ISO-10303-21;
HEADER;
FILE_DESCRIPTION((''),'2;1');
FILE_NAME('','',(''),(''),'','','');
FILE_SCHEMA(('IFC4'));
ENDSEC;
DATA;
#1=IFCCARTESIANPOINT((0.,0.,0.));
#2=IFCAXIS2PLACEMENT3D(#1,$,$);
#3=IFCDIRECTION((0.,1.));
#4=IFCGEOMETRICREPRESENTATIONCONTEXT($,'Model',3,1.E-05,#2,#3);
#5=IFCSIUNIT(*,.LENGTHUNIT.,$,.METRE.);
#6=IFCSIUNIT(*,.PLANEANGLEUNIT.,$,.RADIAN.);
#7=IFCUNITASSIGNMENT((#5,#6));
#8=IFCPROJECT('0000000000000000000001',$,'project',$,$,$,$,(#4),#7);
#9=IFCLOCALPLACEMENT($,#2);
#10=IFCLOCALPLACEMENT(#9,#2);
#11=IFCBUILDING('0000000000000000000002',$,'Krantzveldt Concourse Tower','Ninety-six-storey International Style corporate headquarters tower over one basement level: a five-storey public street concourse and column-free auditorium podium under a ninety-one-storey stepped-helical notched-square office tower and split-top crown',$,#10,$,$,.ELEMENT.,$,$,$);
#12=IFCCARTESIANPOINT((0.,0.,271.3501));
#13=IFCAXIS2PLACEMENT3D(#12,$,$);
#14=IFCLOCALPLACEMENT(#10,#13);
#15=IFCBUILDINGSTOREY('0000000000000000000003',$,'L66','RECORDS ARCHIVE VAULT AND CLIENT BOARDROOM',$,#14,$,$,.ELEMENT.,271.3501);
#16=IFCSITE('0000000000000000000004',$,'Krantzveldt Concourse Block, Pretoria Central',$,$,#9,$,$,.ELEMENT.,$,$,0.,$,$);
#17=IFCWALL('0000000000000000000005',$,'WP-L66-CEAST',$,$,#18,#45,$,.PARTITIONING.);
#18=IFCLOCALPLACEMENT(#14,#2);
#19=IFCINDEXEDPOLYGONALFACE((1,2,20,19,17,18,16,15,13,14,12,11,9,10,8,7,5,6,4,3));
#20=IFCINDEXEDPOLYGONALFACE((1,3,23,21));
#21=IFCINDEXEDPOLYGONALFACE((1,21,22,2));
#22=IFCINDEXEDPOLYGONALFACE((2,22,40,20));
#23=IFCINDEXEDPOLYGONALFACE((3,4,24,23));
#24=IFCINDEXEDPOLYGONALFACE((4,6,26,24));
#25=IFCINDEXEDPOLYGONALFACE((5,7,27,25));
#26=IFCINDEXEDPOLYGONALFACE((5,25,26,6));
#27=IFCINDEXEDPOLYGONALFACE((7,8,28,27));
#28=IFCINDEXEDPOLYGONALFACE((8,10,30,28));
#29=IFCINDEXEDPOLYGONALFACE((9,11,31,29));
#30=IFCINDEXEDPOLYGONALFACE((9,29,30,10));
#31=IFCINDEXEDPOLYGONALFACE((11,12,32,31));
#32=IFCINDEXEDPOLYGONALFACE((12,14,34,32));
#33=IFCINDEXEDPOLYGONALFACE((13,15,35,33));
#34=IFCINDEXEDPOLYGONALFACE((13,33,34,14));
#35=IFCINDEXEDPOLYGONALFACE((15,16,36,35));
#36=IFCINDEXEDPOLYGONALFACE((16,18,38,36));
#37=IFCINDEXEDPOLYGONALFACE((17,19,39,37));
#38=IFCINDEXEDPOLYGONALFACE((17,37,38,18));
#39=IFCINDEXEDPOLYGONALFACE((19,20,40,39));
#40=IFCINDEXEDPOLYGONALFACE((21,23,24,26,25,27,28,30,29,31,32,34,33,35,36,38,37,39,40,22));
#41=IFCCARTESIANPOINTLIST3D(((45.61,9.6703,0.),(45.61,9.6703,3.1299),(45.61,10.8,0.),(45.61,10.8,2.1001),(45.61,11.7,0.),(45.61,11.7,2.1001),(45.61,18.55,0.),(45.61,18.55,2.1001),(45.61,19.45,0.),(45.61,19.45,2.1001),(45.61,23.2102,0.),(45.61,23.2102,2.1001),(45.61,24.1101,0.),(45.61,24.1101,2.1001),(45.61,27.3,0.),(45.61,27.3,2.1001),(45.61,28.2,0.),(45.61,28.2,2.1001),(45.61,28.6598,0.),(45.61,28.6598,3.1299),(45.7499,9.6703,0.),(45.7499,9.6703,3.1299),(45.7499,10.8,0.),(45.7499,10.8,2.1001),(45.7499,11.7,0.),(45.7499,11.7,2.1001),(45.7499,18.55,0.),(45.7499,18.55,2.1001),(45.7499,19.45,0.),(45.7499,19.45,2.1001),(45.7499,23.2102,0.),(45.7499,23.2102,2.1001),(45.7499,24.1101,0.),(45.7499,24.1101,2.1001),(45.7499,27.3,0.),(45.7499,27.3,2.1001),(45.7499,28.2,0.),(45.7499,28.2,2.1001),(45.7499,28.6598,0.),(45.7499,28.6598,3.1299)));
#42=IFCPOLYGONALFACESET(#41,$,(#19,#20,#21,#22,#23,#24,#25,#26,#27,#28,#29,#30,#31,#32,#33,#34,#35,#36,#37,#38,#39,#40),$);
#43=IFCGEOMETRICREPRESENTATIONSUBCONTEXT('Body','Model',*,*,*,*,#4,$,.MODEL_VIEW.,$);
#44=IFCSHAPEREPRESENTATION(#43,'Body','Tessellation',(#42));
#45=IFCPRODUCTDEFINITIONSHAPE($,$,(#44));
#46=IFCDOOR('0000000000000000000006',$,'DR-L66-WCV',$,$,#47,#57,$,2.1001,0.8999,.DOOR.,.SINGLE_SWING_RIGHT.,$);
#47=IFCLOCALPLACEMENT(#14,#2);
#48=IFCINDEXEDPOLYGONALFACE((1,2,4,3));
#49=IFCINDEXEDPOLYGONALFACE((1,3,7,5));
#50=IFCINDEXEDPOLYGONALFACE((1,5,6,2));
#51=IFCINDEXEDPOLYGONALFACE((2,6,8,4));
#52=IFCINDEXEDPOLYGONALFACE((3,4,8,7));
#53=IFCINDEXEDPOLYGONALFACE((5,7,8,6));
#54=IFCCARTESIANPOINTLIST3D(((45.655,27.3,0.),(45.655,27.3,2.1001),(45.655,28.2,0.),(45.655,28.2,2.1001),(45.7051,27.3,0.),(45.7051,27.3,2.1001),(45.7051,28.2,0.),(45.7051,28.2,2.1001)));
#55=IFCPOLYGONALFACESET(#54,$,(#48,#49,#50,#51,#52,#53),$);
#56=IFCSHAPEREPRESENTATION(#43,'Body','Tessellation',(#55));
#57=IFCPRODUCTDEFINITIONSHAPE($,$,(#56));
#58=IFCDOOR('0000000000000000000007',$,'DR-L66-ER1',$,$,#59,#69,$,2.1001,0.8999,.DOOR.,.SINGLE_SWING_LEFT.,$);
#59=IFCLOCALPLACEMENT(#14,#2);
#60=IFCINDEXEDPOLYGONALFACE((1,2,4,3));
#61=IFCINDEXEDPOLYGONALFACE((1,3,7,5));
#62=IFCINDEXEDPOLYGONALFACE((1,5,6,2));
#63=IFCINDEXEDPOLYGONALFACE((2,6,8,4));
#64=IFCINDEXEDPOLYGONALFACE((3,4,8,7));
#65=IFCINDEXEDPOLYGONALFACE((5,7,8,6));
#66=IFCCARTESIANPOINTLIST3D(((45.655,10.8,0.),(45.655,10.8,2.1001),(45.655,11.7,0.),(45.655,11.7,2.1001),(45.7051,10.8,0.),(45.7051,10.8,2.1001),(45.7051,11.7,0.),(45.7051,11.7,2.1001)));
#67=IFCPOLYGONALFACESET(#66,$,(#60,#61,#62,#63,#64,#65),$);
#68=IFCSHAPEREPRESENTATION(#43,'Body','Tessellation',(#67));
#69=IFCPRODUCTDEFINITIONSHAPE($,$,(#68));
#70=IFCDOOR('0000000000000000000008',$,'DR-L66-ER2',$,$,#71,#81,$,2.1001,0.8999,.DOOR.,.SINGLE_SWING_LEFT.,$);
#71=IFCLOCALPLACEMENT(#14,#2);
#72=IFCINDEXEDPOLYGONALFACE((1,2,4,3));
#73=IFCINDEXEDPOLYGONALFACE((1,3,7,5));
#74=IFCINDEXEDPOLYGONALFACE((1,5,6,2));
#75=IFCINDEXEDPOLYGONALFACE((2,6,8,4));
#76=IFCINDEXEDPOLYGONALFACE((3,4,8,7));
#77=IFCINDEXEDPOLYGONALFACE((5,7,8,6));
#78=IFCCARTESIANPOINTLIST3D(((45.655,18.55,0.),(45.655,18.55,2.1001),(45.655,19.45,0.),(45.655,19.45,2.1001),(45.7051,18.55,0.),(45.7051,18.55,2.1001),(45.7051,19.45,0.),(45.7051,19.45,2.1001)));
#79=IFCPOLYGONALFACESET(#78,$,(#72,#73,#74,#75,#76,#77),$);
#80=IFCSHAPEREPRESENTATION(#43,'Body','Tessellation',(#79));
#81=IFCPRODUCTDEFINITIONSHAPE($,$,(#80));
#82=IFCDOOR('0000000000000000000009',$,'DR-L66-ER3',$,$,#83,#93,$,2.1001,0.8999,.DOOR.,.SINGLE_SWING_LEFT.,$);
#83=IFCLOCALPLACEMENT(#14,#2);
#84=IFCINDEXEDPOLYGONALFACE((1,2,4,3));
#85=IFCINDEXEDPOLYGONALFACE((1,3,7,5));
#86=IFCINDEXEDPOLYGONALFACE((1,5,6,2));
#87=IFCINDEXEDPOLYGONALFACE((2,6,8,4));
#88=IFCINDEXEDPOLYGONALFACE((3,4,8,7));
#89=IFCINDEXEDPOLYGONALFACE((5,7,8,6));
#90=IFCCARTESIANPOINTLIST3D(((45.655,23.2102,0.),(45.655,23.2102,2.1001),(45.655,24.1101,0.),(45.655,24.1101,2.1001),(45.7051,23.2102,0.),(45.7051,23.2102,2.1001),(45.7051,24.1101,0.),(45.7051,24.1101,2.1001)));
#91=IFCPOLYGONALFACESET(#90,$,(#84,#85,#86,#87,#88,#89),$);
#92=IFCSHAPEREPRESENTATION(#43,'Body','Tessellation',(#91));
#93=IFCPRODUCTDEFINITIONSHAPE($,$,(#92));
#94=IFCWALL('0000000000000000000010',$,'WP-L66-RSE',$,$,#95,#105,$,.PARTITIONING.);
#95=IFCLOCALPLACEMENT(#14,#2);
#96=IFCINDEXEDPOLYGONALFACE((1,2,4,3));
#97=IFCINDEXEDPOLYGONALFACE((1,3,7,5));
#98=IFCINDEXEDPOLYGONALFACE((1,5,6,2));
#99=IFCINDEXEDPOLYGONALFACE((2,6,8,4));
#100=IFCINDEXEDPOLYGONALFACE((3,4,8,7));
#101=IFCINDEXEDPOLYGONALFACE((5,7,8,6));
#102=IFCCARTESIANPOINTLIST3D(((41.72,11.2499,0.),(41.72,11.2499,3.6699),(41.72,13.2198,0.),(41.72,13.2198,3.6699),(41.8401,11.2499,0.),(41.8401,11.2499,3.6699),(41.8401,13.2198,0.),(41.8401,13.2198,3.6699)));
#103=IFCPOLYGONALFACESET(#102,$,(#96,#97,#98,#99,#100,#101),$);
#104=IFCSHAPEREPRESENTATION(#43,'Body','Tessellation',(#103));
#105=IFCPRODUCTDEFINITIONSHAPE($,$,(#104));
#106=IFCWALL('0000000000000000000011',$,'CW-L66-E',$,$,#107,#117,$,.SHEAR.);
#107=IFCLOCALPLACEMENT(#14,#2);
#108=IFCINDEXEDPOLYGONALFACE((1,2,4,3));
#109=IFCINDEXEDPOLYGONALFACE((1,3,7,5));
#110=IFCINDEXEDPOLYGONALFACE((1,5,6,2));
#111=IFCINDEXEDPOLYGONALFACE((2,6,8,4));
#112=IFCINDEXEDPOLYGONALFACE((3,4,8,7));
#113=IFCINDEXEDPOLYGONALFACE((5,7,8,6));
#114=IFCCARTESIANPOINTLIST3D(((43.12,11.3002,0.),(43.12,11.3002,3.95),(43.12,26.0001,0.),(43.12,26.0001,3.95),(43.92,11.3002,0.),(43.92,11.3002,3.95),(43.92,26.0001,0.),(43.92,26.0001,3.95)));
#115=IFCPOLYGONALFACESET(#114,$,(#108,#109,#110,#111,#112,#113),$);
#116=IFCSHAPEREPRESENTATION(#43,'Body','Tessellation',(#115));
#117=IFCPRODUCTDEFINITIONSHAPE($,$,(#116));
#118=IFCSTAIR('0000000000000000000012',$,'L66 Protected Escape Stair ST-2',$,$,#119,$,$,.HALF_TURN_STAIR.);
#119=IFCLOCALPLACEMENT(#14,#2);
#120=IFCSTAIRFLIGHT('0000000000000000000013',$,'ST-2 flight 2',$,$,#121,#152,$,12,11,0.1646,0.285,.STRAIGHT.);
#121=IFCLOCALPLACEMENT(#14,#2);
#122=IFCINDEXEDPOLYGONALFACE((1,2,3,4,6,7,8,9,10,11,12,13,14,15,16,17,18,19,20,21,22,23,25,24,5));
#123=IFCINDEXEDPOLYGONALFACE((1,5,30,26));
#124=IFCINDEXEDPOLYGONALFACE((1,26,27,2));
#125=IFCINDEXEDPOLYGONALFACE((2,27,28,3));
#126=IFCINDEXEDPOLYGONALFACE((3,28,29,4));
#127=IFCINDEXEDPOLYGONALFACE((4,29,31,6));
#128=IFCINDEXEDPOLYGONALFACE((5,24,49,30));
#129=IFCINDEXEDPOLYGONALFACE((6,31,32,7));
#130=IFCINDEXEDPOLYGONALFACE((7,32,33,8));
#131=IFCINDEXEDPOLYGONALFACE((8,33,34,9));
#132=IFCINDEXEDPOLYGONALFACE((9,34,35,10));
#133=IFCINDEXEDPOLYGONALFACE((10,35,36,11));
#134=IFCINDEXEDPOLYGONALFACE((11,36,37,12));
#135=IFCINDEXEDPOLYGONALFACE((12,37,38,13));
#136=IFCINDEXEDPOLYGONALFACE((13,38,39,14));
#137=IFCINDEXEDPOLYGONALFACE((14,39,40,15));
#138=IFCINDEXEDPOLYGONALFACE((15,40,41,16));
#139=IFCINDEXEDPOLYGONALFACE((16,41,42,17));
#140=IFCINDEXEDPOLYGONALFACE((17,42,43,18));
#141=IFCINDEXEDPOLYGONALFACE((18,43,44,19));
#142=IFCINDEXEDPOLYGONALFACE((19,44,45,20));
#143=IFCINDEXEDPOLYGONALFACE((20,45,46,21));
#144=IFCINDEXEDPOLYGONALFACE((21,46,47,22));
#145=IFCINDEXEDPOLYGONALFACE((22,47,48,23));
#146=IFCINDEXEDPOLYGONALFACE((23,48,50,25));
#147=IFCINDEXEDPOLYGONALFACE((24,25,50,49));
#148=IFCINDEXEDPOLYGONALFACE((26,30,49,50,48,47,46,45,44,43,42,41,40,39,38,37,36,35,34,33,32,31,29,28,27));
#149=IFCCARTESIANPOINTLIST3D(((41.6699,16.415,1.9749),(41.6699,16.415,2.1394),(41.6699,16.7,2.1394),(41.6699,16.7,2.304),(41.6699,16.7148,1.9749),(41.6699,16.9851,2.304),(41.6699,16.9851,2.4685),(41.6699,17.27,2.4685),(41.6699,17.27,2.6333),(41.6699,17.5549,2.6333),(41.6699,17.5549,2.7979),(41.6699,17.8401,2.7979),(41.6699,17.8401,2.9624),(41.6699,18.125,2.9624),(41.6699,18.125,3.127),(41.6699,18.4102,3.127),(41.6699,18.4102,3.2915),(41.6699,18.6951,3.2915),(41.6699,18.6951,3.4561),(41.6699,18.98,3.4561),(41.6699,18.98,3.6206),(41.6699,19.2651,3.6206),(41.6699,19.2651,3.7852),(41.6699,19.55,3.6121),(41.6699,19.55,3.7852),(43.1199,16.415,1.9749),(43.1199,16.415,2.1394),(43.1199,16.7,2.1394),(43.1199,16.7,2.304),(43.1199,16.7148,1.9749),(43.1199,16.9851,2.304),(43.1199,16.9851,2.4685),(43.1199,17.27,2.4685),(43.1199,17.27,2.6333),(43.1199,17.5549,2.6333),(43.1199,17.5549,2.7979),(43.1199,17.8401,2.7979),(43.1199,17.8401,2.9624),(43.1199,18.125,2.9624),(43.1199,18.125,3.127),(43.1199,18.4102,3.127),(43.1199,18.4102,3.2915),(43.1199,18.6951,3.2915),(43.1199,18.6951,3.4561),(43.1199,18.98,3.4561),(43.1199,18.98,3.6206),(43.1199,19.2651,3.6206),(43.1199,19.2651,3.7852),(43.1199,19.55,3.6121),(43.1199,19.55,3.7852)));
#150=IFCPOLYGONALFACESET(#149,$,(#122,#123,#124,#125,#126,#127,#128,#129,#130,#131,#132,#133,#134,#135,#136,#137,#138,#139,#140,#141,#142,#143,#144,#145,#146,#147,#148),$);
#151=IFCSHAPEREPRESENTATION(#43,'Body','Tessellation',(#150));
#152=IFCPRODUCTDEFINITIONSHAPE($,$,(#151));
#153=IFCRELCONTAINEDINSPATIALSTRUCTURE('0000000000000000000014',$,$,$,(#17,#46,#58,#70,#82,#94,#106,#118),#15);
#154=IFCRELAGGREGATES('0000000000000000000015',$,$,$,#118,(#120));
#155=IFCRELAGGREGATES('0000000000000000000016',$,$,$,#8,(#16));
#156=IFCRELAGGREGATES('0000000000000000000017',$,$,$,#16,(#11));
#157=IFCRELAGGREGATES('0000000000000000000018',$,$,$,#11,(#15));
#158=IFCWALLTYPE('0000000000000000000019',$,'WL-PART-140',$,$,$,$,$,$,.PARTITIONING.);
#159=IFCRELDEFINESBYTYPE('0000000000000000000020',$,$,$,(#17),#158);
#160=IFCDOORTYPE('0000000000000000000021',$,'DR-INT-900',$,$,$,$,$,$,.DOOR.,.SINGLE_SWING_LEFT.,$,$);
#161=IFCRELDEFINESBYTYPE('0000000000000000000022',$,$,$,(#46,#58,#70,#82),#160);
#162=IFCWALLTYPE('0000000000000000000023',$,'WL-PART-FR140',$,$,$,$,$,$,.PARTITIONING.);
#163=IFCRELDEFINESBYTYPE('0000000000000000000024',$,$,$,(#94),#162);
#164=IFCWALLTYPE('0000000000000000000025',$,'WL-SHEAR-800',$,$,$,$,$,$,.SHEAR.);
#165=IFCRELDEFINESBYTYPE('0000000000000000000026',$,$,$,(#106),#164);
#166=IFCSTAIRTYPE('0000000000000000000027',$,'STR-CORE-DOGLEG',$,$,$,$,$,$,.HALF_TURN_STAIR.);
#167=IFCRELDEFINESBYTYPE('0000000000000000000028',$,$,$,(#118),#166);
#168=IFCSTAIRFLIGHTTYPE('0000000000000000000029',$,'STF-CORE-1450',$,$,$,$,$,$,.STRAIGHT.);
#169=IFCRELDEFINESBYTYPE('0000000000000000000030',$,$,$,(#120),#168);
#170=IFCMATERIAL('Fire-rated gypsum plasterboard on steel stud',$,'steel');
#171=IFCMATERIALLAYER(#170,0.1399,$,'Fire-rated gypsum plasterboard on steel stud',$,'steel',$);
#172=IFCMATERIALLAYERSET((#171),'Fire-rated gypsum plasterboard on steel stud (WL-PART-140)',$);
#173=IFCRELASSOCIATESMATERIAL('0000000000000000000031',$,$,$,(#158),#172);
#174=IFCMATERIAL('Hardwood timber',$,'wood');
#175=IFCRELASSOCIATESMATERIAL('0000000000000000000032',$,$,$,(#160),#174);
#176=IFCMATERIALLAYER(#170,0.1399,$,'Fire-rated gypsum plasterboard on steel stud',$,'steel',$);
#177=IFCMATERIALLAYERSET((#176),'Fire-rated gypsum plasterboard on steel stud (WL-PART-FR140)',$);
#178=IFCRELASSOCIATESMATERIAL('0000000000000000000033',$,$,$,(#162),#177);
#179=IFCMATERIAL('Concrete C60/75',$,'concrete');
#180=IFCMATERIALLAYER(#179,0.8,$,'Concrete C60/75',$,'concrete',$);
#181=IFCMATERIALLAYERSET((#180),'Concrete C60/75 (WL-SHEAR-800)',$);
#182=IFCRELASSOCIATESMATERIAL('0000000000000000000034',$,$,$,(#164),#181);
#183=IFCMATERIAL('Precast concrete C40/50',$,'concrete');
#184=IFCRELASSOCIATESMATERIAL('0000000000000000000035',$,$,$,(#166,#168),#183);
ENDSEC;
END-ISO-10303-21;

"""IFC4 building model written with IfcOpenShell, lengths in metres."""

from ifc_helpers import new_model, si_unit, direction, frame, frame_2d, origin, place, context, subcontext, project, spatial, polyline, rectangle, outline, extrude, material, layer, layer_set, type_object, element, fill, aggregate, save


model = new_model("IFC4")

# Units and contexts
model_context = context("Model", 3, precision=1e-05, world=origin(), true_north=direction((0.0, 1.0)))
body_context = subcontext(model_context, "Body", "Model", "MODEL_VIEW")
ifc_project = project(units=[si_unit("LENGTHUNIT", "METRE"), si_unit("PLANEANGLEUNIT", "RADIAN")], contexts=[model_context])

# Site, building, storey
site_placement = place(None, origin())
site = spatial("IfcSite", under=ifc_project, at=site_placement, Name="Krantzveldt Concourse Block, Pretoria Central", CompositionType="ELEMENT", RefElevation=0.0)
building_placement = place(site_placement, origin())
building = spatial("IfcBuilding", under=site, at=building_placement, Name="Krantzveldt Concourse Tower", Description="Ninety-six-storey International Style corporate headquarters tower over one basement level: a five-storey public street concourse and column-free auditorium podium under a ninety-one-storey stepped-helical notched-square office tower and split-top crown", CompositionType="ELEMENT")
storey_placement = place(building_placement, frame((0.0, 0.0, 271.3501)))
storey = spatial("IfcBuildingStorey", under=building, at=storey_placement, Name="L66", Description="RECORDS ARCHIVE VAULT AND CLIENT BOARDROOM", CompositionType="ELEMENT", Elevation=271.3501)

# Shared definitions
ifc_material_1 = material(Name="Fire-rated gypsum plasterboard on steel stud", Category="steel")

# Wall, openings, doors
ifc_layer_1 = layer(ifc_material_1, 0.1399, Name="Fire-rated gypsum plasterboard on steel stud", Category="steel")
ifc_layer_set_1 = layer_set([ifc_layer_1], Name="Fire-rated gypsum plasterboard on steel stud (WL-PART-140)")
wall_type_1 = type_object("IfcWallType", Name="WL-PART-140", PredefinedType="PARTITIONING", material=ifc_layer_set_1)
wall_1_placement = place(storey_placement, frame((45.6799, 9.6704, 0.0), z_axis=(0.0, 0.0, 1.0), x_axis=(0.0, 1.0, 0.0)))
wall_1 = element("IfcWall", 1, at=wall_1_placement, inside=storey, type_object=wall_type_1, Name="WP-L66-CEAST", PredefinedType="PARTITIONING", context=body_context, shape_type="SweptSolid", body=[
    extrude(rectangle(XDim=18.9895, YDim=0.1399, at=frame_2d((9.4946, 0.0))), origin(), (0.0, 0.0, 1.0), 3.1299),
])
opening_1_placement = place(wall_1_placement, frame((17.6296, 0.0, 0.0)))
opening_1 = element("IfcOpeningElement", 2, at=opening_1_placement, cuts=wall_1, PredefinedType="OPENING", context=body_context, shape_type="SweptSolid", body=[
    extrude(rectangle(XDim=0.8999, YDim=2.1001, at=frame_2d((0.45, 1.05))), frame((0.0, 0.0801, 0.0), z_axis=(0.0, -1.0, 0.0), x_axis=(1.0, 0.0, 0.0)), (0.0, 0.0, 1.0), 0.1599),
])
opening_2_placement = place(wall_1_placement, frame((1.1296, 0.0, 0.0)))
opening_2 = element("IfcOpeningElement", 3, at=opening_2_placement, cuts=wall_1, PredefinedType="OPENING", context=body_context, shape_type="SweptSolid", body=[
    extrude(rectangle(XDim=0.8999, YDim=2.1001, at=frame_2d((0.45, 1.05))), frame((0.0, 0.0801, 0.0), z_axis=(0.0, -1.0, 0.0), x_axis=(1.0, 0.0, 0.0)), (0.0, 0.0, 1.0), 0.1599),
])
opening_3_placement = place(wall_1_placement, frame((8.8796, 0.0, 0.0)))
opening_3 = element("IfcOpeningElement", 4, at=opening_3_placement, cuts=wall_1, PredefinedType="OPENING", context=body_context, shape_type="SweptSolid", body=[
    extrude(rectangle(XDim=0.8999, YDim=2.1001, at=frame_2d((0.45, 1.05))), frame((0.0, 0.0801, 0.0), z_axis=(0.0, -1.0, 0.0), x_axis=(1.0, 0.0, 0.0)), (0.0, 0.0, 1.0), 0.1599),
])
opening_4_placement = place(wall_1_placement, frame((13.5398, 0.0, 0.0)))
opening_4 = element("IfcOpeningElement", 5, at=opening_4_placement, cuts=wall_1, PredefinedType="OPENING", context=body_context, shape_type="SweptSolid", body=[
    extrude(rectangle(XDim=0.8999, YDim=2.1001, at=frame_2d((0.45, 1.05))), frame((0.0, 0.0801, 0.0), z_axis=(0.0, -1.0, 0.0), x_axis=(1.0, 0.0, 0.0)), (0.0, 0.0, 1.0), 0.1599),
])
ifc_material_2 = material(Name="Hardwood timber", Category="wood")
door_type = type_object("IfcDoorType", Name="DR-INT-900", OperationType="SINGLE_SWING_LEFT", PredefinedType="DOOR", material=ifc_material_2)
door_1_placement = place(opening_1_placement, origin())
door_1 = element("IfcDoor", 6, at=door_1_placement, inside=storey, type_object=door_type, Name="DR-L66-WCV", OperationType="SINGLE_SWING_RIGHT", OverallHeight=2.1001, OverallWidth=0.8999, PredefinedType="DOOR", context=body_context, shape_type="SweptSolid", body=[
    extrude(rectangle(XDim=0.8999, YDim=2.1001, at=frame_2d((0.45, 1.05))), frame((0.0, 0.0249, 0.0), z_axis=(0.0, -1.0, 0.0), x_axis=(1.0, 0.0, 0.0)), (0.0, 0.0, 1.0), 0.05),
])
fill(opening_1, door_1)
door_2_placement = place(opening_2_placement, origin())
door_2 = element("IfcDoor", 7, at=door_2_placement, inside=storey, type_object=door_type, Name="DR-L66-ER1", OperationType="SINGLE_SWING_LEFT", OverallHeight=2.1001, OverallWidth=0.8999, PredefinedType="DOOR", context=body_context, shape_type="SweptSolid", body=[
    extrude(rectangle(XDim=0.8999, YDim=2.1001, at=frame_2d((0.45, 1.05))), frame((0.0, 0.0249, 0.0), z_axis=(0.0, -1.0, 0.0), x_axis=(1.0, 0.0, 0.0)), (0.0, 0.0, 1.0), 0.05),
])
fill(opening_2, door_2)
door_3_placement = place(opening_3_placement, origin())
door_3 = element("IfcDoor", 8, at=door_3_placement, inside=storey, type_object=door_type, Name="DR-L66-ER2", OperationType="SINGLE_SWING_LEFT", OverallHeight=2.1001, OverallWidth=0.8999, PredefinedType="DOOR", context=body_context, shape_type="SweptSolid", body=[
    extrude(rectangle(XDim=0.8999, YDim=2.1001, at=frame_2d((0.45, 1.05))), frame((0.0, 0.0249, 0.0), z_axis=(0.0, -1.0, 0.0), x_axis=(1.0, 0.0, 0.0)), (0.0, 0.0, 1.0), 0.05),
])
fill(opening_3, door_3)
door_4_placement = place(opening_4_placement, origin())
door_4 = element("IfcDoor", 9, at=door_4_placement, inside=storey, type_object=door_type, Name="DR-L66-ER3", OperationType="SINGLE_SWING_LEFT", OverallHeight=2.1001, OverallWidth=0.8999, PredefinedType="DOOR", context=body_context, shape_type="SweptSolid", body=[
    extrude(rectangle(XDim=0.8999, YDim=2.1001, at=frame_2d((0.45, 1.05))), frame((0.0, 0.0249, 0.0), z_axis=(0.0, -1.0, 0.0), x_axis=(1.0, 0.0, 0.0)), (0.0, 0.0, 1.0), 0.05),
])
fill(opening_4, door_4)

# Walls
ifc_layer_2 = layer(ifc_material_1, 0.1399, Name="Fire-rated gypsum plasterboard on steel stud", Category="steel")
ifc_layer_set_2 = layer_set([ifc_layer_2], Name="Fire-rated gypsum plasterboard on steel stud (WL-PART-FR140)")
wall_type_2 = type_object("IfcWallType", Name="WL-PART-FR140", PredefinedType="PARTITIONING", material=ifc_layer_set_2)
wall_2_placement = place(storey_placement, frame((41.78, 11.25, 0.0), z_axis=(0.0, 0.0, 1.0), x_axis=(0.0, 1.0, 0.0)))
element("IfcWall", 10, at=wall_2_placement, inside=storey, type_object=wall_type_2, Name="WP-L66-RSE", PredefinedType="PARTITIONING", context=body_context, shape_type="SweptSolid", body=[
    extrude(rectangle(XDim=1.97, YDim=0.1201, at=frame_2d((0.9849, 0.0))), origin(), (0.0, 0.0, 1.0), 3.6699),
])
ifc_material_3 = material(Name="Concrete C60/75", Category="concrete")
ifc_layer_3 = layer(ifc_material_3, 0.8, Name="Concrete C60/75", Category="concrete")
ifc_layer_set_3 = layer_set([ifc_layer_3], Name="Concrete C60/75 (WL-SHEAR-800)")
wall_type_3 = type_object("IfcWallType", Name="WL-SHEAR-800", PredefinedType="SHEAR", material=ifc_layer_set_3)
wall_3_placement = place(storey_placement, frame((43.52, 11.3, 0.0), z_axis=(0.0, 0.0, 1.0), x_axis=(0.0, 1.0, 0.0)))
element("IfcWall", 11, at=wall_3_placement, inside=storey, type_object=wall_type_3, Name="CW-L66-E", PredefinedType="SHEAR", context=body_context, shape_type="SweptSolid", body=[
    extrude(rectangle(XDim=14.7, YDim=0.8, at=frame_2d((7.3501, 0.0))), origin(), (0.0, 0.0, 1.0), 3.95),
])

# Stair, stair flight
ifc_material_4 = material(Name="Precast concrete C40/50", Category="concrete")
stair_type = type_object("IfcStairType", Name="STR-CORE-DOGLEG", PredefinedType="HALF_TURN_STAIR", material=ifc_material_4)
stair_placement = place(storey_placement, origin())
stair = element("IfcStair", 12, at=stair_placement, inside=storey, type_object=stair_type, Name="L66 Protected Escape Stair ST-2", PredefinedType="HALF_TURN_STAIR")
stair_flight_type = type_object("IfcStairFlightType", Name="STF-CORE-1450", PredefinedType="STRAIGHT", material=ifc_material_4)
stair_flight_placement = place(storey_placement, frame((42.395, 16.415, 1.9749), z_axis=(0.0, 0.0, 1.0), x_axis=(0.0, 1.0, 0.0)))
stair_flight = element("IfcStairFlight", 13, at=stair_flight_placement, type_object=stair_flight_type, Name="ST-2 flight 2", NumberOfRisers=12, NumberOfTreads=11, PredefinedType="STRAIGHT", RiserHeight=0.1646, TreadLength=0.285, context=body_context, shape_type="SweptSolid", body=[
    extrude(outline(polyline([(0.0, 0.0), (0.0, 0.1646), (0.2849, 0.1646), (0.2849, 0.3291), (0.5701, 0.3291), (0.5701, 0.4937), (0.855, 0.4937), (0.855, 0.6584), (1.1399, 0.6584), (1.1399, 0.823), (1.425, 0.823), (1.425, 0.9875), (1.71, 0.9875), (1.71, 1.1521), (1.9951, 1.1521), (1.9951, 1.3167), (2.28, 1.3167), (2.28, 1.4812), (2.5649, 1.4812), (2.5649, 1.6458), (2.8501, 1.6458), (2.8501, 1.8103), (3.135, 1.8103), (3.135, 1.9751), (3.135, 1.6372), (0.2998, 0.0), (0.0, 0.0)])), frame((0.0, 0.7251, 0.0), z_axis=(0.0, -1.0, 0.0), x_axis=(1.0, 0.0, 0.0)), (0.0, 0.0, 1.0), 1.45),
])
aggregate(stair, [stair_flight])

save(model, "model.ifc")
